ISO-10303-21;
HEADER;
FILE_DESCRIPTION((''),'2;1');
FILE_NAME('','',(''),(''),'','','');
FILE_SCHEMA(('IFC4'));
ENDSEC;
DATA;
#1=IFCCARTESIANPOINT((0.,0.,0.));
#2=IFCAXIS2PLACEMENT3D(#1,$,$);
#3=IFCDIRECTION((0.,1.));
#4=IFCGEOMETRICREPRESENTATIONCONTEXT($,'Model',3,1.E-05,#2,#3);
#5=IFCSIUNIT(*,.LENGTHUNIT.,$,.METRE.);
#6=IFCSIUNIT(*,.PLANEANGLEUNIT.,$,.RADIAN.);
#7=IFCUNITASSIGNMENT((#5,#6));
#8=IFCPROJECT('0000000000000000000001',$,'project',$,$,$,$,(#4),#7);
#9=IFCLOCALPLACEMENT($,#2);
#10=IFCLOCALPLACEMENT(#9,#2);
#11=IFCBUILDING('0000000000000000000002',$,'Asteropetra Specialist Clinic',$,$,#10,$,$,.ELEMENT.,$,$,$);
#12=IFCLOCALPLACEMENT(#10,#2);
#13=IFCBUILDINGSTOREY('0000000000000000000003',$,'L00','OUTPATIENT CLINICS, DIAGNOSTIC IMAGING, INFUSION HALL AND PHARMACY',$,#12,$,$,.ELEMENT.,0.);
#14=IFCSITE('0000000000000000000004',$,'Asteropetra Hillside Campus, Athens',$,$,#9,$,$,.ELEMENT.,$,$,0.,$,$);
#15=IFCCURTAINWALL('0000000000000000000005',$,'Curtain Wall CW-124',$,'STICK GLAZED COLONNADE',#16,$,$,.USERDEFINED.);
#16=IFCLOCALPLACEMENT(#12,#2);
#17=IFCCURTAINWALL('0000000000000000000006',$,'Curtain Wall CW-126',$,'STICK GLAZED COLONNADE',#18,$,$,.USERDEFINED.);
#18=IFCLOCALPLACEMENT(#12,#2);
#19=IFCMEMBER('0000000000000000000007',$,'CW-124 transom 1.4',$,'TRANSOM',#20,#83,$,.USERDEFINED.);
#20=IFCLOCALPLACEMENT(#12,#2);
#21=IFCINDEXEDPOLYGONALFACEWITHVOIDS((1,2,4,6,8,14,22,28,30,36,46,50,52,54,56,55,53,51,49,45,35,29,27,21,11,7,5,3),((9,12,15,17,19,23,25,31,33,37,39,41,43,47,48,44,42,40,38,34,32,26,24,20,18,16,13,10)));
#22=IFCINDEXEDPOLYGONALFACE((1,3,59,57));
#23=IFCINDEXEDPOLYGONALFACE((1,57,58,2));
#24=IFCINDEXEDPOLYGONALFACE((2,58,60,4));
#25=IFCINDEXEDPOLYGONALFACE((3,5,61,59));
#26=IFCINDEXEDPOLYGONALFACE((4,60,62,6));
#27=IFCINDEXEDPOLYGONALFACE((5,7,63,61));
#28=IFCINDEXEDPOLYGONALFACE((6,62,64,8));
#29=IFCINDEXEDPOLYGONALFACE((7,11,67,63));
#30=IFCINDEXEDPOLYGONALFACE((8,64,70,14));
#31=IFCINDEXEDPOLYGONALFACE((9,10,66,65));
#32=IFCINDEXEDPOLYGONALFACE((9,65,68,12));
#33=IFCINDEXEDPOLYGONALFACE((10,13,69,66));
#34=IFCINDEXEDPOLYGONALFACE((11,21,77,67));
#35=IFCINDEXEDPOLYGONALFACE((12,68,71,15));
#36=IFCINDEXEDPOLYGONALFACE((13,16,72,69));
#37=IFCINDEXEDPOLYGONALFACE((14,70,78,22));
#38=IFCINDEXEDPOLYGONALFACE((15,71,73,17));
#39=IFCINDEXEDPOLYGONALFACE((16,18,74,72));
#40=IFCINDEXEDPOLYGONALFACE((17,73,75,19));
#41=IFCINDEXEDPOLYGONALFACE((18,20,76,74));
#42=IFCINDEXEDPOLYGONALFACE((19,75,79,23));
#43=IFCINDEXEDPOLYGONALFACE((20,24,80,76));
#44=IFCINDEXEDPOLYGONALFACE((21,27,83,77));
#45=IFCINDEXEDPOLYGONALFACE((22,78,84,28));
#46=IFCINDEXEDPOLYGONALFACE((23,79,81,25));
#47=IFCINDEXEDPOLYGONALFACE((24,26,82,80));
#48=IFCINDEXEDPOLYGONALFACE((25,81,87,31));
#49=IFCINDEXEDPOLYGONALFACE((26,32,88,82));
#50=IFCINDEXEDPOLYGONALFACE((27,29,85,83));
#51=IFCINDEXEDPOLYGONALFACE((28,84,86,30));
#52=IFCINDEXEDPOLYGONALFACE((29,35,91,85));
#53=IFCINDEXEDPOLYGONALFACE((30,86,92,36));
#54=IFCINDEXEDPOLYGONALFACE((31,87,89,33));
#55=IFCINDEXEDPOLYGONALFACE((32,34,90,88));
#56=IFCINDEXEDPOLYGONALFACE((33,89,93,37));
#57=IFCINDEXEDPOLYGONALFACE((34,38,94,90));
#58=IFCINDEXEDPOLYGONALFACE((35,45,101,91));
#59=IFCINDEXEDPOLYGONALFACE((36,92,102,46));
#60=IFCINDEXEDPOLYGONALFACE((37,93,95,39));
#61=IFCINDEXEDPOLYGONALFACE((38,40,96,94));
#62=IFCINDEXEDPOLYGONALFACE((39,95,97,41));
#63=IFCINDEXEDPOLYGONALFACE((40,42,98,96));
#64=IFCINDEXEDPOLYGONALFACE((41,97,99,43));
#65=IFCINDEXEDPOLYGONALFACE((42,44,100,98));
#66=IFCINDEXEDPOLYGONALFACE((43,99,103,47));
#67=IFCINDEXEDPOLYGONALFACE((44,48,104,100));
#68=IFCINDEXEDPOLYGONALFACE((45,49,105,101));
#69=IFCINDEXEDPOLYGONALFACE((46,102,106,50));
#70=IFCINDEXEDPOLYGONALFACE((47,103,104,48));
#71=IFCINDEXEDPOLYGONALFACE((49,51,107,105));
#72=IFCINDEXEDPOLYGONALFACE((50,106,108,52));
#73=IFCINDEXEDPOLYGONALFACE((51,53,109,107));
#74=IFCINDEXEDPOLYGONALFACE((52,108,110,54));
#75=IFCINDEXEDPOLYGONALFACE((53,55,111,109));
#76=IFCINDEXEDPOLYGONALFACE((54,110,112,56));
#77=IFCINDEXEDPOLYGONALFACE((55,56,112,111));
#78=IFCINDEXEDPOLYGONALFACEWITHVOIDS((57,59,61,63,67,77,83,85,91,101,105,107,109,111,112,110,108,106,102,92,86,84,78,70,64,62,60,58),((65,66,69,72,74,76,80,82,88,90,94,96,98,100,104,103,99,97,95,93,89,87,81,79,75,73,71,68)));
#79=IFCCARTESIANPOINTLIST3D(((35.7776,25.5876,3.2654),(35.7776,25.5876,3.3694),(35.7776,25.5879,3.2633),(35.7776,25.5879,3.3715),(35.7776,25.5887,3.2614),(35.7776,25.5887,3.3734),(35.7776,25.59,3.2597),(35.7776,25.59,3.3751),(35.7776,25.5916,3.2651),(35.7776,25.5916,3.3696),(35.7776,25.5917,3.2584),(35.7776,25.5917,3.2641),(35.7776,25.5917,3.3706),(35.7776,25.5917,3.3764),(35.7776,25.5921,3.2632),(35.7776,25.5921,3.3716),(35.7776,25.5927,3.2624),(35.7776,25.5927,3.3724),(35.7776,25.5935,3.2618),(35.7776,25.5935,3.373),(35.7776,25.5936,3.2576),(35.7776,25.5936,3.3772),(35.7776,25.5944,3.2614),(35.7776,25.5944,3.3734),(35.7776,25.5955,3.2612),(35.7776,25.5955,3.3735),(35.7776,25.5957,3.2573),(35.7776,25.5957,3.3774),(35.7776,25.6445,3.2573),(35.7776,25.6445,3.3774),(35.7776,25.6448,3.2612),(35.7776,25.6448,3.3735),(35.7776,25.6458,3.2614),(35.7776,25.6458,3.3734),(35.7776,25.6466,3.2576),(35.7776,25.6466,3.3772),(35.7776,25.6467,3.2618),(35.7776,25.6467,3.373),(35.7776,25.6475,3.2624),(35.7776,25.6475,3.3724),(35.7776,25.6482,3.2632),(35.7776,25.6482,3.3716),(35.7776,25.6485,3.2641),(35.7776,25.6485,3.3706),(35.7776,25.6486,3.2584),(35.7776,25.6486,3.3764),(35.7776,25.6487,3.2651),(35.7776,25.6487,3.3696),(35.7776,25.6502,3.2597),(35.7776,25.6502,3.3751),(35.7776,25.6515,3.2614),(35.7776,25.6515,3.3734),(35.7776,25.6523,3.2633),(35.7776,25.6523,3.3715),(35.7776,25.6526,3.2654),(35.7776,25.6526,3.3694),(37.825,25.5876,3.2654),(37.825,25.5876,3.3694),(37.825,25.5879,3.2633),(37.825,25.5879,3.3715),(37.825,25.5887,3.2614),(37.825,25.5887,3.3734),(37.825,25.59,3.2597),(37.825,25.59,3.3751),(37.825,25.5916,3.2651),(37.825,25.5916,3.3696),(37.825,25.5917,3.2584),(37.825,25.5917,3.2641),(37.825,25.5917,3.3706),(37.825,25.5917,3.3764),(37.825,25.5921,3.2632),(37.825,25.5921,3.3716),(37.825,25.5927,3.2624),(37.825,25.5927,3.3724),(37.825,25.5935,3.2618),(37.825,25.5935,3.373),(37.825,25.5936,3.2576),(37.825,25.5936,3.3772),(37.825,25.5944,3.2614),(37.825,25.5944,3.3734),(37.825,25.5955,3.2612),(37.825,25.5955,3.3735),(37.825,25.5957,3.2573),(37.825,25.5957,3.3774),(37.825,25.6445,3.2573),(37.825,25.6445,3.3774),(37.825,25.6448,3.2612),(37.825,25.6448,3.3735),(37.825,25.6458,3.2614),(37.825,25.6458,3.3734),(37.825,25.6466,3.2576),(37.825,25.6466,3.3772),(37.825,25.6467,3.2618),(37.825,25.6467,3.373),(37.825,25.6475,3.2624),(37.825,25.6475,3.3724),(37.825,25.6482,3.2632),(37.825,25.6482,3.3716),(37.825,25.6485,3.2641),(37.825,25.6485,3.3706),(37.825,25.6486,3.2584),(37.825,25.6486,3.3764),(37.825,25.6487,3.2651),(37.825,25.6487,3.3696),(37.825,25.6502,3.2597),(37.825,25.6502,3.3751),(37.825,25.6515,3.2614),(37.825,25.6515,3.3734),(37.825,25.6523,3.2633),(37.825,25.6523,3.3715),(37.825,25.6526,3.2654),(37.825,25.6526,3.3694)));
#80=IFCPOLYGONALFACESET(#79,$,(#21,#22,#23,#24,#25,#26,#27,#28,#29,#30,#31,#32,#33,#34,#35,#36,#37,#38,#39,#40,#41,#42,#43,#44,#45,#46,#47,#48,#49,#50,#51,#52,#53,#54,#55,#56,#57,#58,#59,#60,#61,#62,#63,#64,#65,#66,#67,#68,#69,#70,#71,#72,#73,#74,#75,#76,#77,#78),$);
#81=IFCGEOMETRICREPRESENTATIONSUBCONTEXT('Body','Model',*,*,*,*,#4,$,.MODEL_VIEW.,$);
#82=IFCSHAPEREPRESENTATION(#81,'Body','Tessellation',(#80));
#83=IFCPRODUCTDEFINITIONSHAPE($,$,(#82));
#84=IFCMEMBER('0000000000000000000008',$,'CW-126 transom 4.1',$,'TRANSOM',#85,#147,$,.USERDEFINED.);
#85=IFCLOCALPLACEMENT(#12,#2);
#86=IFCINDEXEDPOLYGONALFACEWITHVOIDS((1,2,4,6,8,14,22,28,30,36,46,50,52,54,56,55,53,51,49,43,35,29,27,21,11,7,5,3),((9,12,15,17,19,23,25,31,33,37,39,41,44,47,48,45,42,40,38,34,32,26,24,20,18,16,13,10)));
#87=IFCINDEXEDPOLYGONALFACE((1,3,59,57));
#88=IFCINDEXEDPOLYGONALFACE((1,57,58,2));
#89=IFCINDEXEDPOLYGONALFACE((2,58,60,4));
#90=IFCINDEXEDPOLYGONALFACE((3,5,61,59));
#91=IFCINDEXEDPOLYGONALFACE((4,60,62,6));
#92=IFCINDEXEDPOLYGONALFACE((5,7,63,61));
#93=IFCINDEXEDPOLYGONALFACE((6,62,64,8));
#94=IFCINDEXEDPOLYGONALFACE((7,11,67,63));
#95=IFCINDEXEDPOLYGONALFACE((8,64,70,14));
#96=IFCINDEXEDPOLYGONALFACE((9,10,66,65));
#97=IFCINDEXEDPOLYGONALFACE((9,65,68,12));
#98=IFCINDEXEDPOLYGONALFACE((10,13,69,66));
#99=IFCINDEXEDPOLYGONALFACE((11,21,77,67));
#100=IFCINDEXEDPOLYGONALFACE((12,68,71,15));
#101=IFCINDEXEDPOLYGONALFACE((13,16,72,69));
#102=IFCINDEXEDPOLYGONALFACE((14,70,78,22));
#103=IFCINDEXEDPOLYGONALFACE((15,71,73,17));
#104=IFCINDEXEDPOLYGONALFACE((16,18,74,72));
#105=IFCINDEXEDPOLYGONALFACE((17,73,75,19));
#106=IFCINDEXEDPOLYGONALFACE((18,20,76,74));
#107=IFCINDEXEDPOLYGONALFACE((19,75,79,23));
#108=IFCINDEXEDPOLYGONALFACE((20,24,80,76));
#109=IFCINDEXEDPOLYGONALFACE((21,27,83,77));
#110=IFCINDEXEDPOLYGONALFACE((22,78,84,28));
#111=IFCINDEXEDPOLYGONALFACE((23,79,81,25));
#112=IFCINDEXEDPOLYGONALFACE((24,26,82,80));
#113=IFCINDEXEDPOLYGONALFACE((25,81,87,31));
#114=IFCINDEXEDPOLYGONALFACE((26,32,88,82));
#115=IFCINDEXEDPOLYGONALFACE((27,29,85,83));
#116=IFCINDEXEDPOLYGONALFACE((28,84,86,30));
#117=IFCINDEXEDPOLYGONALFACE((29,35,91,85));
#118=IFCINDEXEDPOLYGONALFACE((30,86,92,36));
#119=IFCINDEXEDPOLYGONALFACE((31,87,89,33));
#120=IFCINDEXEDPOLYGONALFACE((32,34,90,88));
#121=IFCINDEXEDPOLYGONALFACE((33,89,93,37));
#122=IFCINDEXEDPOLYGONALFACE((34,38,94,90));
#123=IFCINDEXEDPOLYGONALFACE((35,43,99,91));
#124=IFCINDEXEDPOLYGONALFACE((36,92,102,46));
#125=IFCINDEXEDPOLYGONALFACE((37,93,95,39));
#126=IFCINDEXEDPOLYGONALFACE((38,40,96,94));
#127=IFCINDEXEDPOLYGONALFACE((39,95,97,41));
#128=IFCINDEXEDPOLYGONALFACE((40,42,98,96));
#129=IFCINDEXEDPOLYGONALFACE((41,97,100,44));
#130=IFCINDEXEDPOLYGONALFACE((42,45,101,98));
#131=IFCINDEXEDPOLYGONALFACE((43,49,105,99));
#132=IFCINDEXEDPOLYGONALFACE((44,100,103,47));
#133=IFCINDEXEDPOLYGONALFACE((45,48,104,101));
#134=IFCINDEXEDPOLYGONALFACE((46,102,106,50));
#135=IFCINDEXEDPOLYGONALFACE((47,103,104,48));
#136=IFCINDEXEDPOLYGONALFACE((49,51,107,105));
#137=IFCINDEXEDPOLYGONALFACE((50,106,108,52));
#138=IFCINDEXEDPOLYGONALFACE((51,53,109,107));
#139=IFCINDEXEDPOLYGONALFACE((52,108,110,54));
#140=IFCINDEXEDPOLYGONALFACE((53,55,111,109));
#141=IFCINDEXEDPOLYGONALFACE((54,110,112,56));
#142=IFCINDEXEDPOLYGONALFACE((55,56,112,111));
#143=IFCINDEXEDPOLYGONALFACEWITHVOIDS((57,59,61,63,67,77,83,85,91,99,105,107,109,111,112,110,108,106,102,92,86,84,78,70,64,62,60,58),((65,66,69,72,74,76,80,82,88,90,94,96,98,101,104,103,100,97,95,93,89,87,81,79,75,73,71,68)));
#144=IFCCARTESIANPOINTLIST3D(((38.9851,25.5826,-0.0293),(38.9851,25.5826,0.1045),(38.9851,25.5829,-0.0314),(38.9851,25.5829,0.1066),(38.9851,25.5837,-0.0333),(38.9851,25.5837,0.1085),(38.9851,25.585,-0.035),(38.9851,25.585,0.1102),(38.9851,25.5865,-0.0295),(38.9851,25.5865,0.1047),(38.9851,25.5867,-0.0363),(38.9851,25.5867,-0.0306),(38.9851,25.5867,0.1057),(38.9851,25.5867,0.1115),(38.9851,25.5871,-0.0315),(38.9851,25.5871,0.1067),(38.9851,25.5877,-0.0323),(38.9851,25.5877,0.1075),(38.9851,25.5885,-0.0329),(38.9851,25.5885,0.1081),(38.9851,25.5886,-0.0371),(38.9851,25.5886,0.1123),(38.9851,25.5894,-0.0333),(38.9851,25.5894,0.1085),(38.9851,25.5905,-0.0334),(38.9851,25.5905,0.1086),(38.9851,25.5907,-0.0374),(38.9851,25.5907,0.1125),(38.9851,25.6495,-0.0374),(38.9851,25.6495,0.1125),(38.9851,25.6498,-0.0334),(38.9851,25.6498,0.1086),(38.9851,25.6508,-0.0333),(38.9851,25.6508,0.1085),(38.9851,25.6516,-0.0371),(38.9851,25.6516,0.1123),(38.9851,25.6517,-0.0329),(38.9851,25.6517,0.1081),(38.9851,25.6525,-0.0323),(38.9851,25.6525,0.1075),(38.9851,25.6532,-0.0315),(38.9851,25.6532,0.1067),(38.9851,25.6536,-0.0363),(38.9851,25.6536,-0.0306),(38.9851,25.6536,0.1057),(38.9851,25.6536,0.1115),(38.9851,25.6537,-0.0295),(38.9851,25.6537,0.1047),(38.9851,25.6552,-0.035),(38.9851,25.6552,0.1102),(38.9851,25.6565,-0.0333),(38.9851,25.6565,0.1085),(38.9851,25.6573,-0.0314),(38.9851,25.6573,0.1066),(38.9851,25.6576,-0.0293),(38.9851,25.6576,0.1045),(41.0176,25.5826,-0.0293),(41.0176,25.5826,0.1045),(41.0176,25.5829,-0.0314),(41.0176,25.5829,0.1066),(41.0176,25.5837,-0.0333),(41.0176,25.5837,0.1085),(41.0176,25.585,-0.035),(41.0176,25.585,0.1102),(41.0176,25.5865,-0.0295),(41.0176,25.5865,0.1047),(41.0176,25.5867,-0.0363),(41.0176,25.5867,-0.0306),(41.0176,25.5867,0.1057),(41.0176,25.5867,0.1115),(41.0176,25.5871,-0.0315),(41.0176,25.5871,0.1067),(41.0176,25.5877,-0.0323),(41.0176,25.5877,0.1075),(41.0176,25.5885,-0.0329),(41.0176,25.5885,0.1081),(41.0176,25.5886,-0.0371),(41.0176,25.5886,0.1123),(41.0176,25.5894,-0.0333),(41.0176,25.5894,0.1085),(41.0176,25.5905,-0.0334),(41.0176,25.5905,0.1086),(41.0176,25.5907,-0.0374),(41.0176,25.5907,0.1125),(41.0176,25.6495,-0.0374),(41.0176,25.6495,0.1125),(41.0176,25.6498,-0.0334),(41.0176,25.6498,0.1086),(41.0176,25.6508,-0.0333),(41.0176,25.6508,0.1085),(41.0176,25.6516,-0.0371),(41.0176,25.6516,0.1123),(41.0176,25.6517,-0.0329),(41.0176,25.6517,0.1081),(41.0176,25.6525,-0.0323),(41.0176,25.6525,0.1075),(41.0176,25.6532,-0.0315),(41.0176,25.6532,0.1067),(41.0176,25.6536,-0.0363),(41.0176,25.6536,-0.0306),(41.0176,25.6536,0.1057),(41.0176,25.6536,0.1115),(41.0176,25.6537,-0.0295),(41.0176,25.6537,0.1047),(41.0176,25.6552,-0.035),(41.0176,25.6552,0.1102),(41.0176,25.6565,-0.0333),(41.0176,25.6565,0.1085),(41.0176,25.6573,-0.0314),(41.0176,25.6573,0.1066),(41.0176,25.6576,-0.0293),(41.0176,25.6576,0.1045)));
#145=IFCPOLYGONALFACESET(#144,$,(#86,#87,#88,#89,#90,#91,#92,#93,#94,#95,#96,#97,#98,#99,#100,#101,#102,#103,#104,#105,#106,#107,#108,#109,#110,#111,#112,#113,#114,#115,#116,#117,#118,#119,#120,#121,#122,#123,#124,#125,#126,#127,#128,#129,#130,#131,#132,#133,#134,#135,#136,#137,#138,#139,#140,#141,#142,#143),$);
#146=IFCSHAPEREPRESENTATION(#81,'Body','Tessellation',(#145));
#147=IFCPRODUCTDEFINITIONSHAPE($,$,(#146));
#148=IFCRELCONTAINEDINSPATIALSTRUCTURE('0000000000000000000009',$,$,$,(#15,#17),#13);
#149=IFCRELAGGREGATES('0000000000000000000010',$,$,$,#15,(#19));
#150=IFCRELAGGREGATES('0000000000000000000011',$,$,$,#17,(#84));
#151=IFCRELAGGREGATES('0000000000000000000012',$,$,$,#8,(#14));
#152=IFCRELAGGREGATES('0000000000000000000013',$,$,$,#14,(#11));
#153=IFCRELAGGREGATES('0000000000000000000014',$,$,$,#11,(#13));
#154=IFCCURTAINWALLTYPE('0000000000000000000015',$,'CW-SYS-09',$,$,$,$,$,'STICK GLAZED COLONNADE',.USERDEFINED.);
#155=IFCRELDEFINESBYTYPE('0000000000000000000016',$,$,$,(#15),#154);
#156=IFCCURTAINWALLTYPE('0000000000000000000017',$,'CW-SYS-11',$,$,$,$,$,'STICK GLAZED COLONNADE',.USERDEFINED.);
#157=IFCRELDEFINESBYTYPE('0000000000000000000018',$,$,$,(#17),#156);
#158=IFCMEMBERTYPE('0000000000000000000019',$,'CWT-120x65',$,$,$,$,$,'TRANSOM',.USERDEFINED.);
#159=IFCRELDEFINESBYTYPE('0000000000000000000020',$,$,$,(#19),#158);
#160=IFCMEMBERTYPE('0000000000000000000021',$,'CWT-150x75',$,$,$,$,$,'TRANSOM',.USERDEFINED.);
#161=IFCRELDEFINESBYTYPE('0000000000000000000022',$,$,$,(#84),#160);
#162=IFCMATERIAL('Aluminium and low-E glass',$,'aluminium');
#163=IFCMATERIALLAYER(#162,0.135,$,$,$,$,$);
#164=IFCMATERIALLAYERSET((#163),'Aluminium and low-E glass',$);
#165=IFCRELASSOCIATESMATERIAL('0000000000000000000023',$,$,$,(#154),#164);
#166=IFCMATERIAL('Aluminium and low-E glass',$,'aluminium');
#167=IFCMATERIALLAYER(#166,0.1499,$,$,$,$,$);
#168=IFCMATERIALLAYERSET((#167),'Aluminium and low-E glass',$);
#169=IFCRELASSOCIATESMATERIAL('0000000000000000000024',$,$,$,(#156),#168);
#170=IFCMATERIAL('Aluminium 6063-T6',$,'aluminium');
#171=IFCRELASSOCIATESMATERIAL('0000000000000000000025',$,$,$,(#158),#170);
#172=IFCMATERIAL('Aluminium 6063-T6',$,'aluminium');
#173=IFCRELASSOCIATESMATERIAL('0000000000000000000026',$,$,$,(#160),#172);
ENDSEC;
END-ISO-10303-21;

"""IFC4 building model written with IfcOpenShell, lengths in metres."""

from ifc_helpers import new_model, si_unit, direction, frame, origin, origin_2d, place, context, subcontext, project, spatial, hollow_rectangle, extrude, material, layer, layer_set, material_profile, profile_set, type_object, element, aggregate, save


model = new_model("IFC4")

# Units and contexts
model_context = context("Model", 3, precision=1e-05, world=origin(), true_north=direction((0.0, 1.0)))
body_context = subcontext(model_context, "Body", "Model", "MODEL_VIEW")
ifc_project = project(units=[si_unit("LENGTHUNIT", "METRE"), si_unit("PLANEANGLEUNIT", "RADIAN")], contexts=[model_context])

# Site, building, storey
site_placement = place(None, origin())
site = spatial("IfcSite", under=ifc_project, at=site_placement, Name="Asteropetra Hillside Campus, Athens", CompositionType="ELEMENT", RefElevation=0.0)
building_placement = place(site_placement, origin())
building = spatial("IfcBuilding", under=site, at=building_placement, Name="Asteropetra Specialist Clinic", CompositionType="ELEMENT")
storey_placement = place(building_placement, origin())
storey = spatial("IfcBuildingStorey", under=building, at=storey_placement, Name="L00", Description="OUTPATIENT CLINICS, DIAGNOSTIC IMAGING, INFUSION HALL AND PHARMACY", CompositionType="ELEMENT", Elevation=0.0)

# Curtain wall
ifc_material_1 = material(Name="Aluminium and low-E glass", Category="aluminium")
ifc_layer_1 = layer(ifc_material_1, 0.135)
ifc_layer_set_1 = layer_set([ifc_layer_1], Name="Aluminium and low-E glass")
curtain_wall_type_1 = type_object("IfcCurtainWallType", Name="CW-SYS-09", ElementType="STICK GLAZED COLONNADE", PredefinedType="USERDEFINED", material=ifc_layer_set_1)
curtain_wall_1_placement = place(storey_placement, origin())
curtain_wall_1 = element("IfcCurtainWall", 1, at=curtain_wall_1_placement, inside=storey, type_object=curtain_wall_type_1, Name="Curtain Wall CW-124", ObjectType="STICK GLAZED COLONNADE", PredefinedType="USERDEFINED")

# Curtain wall
ifc_material_2 = material(Name="Aluminium and low-E glass", Category="aluminium")
ifc_layer_2 = layer(ifc_material_2, 0.1499)
ifc_layer_set_2 = layer_set([ifc_layer_2], Name="Aluminium and low-E glass")
curtain_wall_type_2 = type_object("IfcCurtainWallType", Name="CW-SYS-11", ElementType="STICK GLAZED COLONNADE", PredefinedType="USERDEFINED", material=ifc_layer_set_2)
curtain_wall_2_placement = place(storey_placement, origin())
curtain_wall_2 = element("IfcCurtainWall", 2, at=curtain_wall_2_placement, inside=storey, type_object=curtain_wall_type_2, Name="Curtain Wall CW-126", ObjectType="STICK GLAZED COLONNADE", PredefinedType="USERDEFINED")

# Members
ifc_material_3 = material(Name="Aluminium 6063-T6", Category="aluminium")
ifc_material_profile_1 = material_profile(ifc_material_3, hollow_rectangle(XDim=0.0649, YDim=0.1201, WallThickness=0.0039, InnerFilletRadius=0.0039, OuterFilletRadius=0.0081, at=origin_2d()), Name="TRN 120x65x4.0")
ifc_profile_set_1 = profile_set([ifc_material_profile_1], Name="Aluminium 6063-T6")
member_type_1 = type_object("IfcMemberType", Name="CWT-120x65", ElementType="TRANSOM", PredefinedType="USERDEFINED", material=ifc_profile_set_1)
member_1_placement = place(storey_placement, frame((37.825, 25.6201, 3.3174), z_axis=(-1.0, 0.0, 0.0), x_axis=(0.0, -1.0, 0.0)))
member_1 = element("IfcMember", 3, at=member_1_placement, type_object=member_type_1, Name="CW-124 transom 1.4", ObjectType="TRANSOM", PredefinedType="USERDEFINED", context=body_context, shape_type="SweptSolid", body=[
    extrude(hollow_rectangle(XDim=0.0649, YDim=0.1201, WallThickness=0.0039, InnerFilletRadius=0.0039, OuterFilletRadius=0.0081, at=origin_2d()), origin(), (0.0, 0.0, 1.0), 2.0474),
])
ifc_material_4 = material(Name="Aluminium 6063-T6", Category="aluminium")
ifc_material_profile_2 = material_profile(ifc_material_4, hollow_rectangle(XDim=0.075, YDim=0.1499, WallThickness=0.0039, InnerFilletRadius=0.0039, OuterFilletRadius=0.0081, at=origin_2d()), Name="TRN 150x75x4.0")
ifc_profile_set_2 = profile_set([ifc_material_profile_2], Name="Aluminium 6063-T6")
member_type_2 = type_object("IfcMemberType", Name="CWT-150x75", ElementType="TRANSOM", PredefinedType="USERDEFINED", material=ifc_profile_set_2)
member_2_placement = place(storey_placement, frame((41.0176, 25.6201, 0.0376), z_axis=(-1.0, 0.0, 0.0), x_axis=(0.0, -1.0, 0.0)))
member_2 = element("IfcMember", 4, at=member_2_placement, type_object=member_type_2, Name="CW-126 transom 4.1", ObjectType="TRANSOM", PredefinedType="USERDEFINED", context=body_context, shape_type="SweptSolid", body=[
    extrude(hollow_rectangle(XDim=0.075, YDim=0.1499, WallThickness=0.0039, InnerFilletRadius=0.0039, OuterFilletRadius=0.0081, at=origin_2d()), origin(), (0.0, 0.0, 1.0), 2.0325),
])

aggregate(curtain_wall_1, [member_1])
aggregate(curtain_wall_2, [member_2])

save(model, "model.ifc")
